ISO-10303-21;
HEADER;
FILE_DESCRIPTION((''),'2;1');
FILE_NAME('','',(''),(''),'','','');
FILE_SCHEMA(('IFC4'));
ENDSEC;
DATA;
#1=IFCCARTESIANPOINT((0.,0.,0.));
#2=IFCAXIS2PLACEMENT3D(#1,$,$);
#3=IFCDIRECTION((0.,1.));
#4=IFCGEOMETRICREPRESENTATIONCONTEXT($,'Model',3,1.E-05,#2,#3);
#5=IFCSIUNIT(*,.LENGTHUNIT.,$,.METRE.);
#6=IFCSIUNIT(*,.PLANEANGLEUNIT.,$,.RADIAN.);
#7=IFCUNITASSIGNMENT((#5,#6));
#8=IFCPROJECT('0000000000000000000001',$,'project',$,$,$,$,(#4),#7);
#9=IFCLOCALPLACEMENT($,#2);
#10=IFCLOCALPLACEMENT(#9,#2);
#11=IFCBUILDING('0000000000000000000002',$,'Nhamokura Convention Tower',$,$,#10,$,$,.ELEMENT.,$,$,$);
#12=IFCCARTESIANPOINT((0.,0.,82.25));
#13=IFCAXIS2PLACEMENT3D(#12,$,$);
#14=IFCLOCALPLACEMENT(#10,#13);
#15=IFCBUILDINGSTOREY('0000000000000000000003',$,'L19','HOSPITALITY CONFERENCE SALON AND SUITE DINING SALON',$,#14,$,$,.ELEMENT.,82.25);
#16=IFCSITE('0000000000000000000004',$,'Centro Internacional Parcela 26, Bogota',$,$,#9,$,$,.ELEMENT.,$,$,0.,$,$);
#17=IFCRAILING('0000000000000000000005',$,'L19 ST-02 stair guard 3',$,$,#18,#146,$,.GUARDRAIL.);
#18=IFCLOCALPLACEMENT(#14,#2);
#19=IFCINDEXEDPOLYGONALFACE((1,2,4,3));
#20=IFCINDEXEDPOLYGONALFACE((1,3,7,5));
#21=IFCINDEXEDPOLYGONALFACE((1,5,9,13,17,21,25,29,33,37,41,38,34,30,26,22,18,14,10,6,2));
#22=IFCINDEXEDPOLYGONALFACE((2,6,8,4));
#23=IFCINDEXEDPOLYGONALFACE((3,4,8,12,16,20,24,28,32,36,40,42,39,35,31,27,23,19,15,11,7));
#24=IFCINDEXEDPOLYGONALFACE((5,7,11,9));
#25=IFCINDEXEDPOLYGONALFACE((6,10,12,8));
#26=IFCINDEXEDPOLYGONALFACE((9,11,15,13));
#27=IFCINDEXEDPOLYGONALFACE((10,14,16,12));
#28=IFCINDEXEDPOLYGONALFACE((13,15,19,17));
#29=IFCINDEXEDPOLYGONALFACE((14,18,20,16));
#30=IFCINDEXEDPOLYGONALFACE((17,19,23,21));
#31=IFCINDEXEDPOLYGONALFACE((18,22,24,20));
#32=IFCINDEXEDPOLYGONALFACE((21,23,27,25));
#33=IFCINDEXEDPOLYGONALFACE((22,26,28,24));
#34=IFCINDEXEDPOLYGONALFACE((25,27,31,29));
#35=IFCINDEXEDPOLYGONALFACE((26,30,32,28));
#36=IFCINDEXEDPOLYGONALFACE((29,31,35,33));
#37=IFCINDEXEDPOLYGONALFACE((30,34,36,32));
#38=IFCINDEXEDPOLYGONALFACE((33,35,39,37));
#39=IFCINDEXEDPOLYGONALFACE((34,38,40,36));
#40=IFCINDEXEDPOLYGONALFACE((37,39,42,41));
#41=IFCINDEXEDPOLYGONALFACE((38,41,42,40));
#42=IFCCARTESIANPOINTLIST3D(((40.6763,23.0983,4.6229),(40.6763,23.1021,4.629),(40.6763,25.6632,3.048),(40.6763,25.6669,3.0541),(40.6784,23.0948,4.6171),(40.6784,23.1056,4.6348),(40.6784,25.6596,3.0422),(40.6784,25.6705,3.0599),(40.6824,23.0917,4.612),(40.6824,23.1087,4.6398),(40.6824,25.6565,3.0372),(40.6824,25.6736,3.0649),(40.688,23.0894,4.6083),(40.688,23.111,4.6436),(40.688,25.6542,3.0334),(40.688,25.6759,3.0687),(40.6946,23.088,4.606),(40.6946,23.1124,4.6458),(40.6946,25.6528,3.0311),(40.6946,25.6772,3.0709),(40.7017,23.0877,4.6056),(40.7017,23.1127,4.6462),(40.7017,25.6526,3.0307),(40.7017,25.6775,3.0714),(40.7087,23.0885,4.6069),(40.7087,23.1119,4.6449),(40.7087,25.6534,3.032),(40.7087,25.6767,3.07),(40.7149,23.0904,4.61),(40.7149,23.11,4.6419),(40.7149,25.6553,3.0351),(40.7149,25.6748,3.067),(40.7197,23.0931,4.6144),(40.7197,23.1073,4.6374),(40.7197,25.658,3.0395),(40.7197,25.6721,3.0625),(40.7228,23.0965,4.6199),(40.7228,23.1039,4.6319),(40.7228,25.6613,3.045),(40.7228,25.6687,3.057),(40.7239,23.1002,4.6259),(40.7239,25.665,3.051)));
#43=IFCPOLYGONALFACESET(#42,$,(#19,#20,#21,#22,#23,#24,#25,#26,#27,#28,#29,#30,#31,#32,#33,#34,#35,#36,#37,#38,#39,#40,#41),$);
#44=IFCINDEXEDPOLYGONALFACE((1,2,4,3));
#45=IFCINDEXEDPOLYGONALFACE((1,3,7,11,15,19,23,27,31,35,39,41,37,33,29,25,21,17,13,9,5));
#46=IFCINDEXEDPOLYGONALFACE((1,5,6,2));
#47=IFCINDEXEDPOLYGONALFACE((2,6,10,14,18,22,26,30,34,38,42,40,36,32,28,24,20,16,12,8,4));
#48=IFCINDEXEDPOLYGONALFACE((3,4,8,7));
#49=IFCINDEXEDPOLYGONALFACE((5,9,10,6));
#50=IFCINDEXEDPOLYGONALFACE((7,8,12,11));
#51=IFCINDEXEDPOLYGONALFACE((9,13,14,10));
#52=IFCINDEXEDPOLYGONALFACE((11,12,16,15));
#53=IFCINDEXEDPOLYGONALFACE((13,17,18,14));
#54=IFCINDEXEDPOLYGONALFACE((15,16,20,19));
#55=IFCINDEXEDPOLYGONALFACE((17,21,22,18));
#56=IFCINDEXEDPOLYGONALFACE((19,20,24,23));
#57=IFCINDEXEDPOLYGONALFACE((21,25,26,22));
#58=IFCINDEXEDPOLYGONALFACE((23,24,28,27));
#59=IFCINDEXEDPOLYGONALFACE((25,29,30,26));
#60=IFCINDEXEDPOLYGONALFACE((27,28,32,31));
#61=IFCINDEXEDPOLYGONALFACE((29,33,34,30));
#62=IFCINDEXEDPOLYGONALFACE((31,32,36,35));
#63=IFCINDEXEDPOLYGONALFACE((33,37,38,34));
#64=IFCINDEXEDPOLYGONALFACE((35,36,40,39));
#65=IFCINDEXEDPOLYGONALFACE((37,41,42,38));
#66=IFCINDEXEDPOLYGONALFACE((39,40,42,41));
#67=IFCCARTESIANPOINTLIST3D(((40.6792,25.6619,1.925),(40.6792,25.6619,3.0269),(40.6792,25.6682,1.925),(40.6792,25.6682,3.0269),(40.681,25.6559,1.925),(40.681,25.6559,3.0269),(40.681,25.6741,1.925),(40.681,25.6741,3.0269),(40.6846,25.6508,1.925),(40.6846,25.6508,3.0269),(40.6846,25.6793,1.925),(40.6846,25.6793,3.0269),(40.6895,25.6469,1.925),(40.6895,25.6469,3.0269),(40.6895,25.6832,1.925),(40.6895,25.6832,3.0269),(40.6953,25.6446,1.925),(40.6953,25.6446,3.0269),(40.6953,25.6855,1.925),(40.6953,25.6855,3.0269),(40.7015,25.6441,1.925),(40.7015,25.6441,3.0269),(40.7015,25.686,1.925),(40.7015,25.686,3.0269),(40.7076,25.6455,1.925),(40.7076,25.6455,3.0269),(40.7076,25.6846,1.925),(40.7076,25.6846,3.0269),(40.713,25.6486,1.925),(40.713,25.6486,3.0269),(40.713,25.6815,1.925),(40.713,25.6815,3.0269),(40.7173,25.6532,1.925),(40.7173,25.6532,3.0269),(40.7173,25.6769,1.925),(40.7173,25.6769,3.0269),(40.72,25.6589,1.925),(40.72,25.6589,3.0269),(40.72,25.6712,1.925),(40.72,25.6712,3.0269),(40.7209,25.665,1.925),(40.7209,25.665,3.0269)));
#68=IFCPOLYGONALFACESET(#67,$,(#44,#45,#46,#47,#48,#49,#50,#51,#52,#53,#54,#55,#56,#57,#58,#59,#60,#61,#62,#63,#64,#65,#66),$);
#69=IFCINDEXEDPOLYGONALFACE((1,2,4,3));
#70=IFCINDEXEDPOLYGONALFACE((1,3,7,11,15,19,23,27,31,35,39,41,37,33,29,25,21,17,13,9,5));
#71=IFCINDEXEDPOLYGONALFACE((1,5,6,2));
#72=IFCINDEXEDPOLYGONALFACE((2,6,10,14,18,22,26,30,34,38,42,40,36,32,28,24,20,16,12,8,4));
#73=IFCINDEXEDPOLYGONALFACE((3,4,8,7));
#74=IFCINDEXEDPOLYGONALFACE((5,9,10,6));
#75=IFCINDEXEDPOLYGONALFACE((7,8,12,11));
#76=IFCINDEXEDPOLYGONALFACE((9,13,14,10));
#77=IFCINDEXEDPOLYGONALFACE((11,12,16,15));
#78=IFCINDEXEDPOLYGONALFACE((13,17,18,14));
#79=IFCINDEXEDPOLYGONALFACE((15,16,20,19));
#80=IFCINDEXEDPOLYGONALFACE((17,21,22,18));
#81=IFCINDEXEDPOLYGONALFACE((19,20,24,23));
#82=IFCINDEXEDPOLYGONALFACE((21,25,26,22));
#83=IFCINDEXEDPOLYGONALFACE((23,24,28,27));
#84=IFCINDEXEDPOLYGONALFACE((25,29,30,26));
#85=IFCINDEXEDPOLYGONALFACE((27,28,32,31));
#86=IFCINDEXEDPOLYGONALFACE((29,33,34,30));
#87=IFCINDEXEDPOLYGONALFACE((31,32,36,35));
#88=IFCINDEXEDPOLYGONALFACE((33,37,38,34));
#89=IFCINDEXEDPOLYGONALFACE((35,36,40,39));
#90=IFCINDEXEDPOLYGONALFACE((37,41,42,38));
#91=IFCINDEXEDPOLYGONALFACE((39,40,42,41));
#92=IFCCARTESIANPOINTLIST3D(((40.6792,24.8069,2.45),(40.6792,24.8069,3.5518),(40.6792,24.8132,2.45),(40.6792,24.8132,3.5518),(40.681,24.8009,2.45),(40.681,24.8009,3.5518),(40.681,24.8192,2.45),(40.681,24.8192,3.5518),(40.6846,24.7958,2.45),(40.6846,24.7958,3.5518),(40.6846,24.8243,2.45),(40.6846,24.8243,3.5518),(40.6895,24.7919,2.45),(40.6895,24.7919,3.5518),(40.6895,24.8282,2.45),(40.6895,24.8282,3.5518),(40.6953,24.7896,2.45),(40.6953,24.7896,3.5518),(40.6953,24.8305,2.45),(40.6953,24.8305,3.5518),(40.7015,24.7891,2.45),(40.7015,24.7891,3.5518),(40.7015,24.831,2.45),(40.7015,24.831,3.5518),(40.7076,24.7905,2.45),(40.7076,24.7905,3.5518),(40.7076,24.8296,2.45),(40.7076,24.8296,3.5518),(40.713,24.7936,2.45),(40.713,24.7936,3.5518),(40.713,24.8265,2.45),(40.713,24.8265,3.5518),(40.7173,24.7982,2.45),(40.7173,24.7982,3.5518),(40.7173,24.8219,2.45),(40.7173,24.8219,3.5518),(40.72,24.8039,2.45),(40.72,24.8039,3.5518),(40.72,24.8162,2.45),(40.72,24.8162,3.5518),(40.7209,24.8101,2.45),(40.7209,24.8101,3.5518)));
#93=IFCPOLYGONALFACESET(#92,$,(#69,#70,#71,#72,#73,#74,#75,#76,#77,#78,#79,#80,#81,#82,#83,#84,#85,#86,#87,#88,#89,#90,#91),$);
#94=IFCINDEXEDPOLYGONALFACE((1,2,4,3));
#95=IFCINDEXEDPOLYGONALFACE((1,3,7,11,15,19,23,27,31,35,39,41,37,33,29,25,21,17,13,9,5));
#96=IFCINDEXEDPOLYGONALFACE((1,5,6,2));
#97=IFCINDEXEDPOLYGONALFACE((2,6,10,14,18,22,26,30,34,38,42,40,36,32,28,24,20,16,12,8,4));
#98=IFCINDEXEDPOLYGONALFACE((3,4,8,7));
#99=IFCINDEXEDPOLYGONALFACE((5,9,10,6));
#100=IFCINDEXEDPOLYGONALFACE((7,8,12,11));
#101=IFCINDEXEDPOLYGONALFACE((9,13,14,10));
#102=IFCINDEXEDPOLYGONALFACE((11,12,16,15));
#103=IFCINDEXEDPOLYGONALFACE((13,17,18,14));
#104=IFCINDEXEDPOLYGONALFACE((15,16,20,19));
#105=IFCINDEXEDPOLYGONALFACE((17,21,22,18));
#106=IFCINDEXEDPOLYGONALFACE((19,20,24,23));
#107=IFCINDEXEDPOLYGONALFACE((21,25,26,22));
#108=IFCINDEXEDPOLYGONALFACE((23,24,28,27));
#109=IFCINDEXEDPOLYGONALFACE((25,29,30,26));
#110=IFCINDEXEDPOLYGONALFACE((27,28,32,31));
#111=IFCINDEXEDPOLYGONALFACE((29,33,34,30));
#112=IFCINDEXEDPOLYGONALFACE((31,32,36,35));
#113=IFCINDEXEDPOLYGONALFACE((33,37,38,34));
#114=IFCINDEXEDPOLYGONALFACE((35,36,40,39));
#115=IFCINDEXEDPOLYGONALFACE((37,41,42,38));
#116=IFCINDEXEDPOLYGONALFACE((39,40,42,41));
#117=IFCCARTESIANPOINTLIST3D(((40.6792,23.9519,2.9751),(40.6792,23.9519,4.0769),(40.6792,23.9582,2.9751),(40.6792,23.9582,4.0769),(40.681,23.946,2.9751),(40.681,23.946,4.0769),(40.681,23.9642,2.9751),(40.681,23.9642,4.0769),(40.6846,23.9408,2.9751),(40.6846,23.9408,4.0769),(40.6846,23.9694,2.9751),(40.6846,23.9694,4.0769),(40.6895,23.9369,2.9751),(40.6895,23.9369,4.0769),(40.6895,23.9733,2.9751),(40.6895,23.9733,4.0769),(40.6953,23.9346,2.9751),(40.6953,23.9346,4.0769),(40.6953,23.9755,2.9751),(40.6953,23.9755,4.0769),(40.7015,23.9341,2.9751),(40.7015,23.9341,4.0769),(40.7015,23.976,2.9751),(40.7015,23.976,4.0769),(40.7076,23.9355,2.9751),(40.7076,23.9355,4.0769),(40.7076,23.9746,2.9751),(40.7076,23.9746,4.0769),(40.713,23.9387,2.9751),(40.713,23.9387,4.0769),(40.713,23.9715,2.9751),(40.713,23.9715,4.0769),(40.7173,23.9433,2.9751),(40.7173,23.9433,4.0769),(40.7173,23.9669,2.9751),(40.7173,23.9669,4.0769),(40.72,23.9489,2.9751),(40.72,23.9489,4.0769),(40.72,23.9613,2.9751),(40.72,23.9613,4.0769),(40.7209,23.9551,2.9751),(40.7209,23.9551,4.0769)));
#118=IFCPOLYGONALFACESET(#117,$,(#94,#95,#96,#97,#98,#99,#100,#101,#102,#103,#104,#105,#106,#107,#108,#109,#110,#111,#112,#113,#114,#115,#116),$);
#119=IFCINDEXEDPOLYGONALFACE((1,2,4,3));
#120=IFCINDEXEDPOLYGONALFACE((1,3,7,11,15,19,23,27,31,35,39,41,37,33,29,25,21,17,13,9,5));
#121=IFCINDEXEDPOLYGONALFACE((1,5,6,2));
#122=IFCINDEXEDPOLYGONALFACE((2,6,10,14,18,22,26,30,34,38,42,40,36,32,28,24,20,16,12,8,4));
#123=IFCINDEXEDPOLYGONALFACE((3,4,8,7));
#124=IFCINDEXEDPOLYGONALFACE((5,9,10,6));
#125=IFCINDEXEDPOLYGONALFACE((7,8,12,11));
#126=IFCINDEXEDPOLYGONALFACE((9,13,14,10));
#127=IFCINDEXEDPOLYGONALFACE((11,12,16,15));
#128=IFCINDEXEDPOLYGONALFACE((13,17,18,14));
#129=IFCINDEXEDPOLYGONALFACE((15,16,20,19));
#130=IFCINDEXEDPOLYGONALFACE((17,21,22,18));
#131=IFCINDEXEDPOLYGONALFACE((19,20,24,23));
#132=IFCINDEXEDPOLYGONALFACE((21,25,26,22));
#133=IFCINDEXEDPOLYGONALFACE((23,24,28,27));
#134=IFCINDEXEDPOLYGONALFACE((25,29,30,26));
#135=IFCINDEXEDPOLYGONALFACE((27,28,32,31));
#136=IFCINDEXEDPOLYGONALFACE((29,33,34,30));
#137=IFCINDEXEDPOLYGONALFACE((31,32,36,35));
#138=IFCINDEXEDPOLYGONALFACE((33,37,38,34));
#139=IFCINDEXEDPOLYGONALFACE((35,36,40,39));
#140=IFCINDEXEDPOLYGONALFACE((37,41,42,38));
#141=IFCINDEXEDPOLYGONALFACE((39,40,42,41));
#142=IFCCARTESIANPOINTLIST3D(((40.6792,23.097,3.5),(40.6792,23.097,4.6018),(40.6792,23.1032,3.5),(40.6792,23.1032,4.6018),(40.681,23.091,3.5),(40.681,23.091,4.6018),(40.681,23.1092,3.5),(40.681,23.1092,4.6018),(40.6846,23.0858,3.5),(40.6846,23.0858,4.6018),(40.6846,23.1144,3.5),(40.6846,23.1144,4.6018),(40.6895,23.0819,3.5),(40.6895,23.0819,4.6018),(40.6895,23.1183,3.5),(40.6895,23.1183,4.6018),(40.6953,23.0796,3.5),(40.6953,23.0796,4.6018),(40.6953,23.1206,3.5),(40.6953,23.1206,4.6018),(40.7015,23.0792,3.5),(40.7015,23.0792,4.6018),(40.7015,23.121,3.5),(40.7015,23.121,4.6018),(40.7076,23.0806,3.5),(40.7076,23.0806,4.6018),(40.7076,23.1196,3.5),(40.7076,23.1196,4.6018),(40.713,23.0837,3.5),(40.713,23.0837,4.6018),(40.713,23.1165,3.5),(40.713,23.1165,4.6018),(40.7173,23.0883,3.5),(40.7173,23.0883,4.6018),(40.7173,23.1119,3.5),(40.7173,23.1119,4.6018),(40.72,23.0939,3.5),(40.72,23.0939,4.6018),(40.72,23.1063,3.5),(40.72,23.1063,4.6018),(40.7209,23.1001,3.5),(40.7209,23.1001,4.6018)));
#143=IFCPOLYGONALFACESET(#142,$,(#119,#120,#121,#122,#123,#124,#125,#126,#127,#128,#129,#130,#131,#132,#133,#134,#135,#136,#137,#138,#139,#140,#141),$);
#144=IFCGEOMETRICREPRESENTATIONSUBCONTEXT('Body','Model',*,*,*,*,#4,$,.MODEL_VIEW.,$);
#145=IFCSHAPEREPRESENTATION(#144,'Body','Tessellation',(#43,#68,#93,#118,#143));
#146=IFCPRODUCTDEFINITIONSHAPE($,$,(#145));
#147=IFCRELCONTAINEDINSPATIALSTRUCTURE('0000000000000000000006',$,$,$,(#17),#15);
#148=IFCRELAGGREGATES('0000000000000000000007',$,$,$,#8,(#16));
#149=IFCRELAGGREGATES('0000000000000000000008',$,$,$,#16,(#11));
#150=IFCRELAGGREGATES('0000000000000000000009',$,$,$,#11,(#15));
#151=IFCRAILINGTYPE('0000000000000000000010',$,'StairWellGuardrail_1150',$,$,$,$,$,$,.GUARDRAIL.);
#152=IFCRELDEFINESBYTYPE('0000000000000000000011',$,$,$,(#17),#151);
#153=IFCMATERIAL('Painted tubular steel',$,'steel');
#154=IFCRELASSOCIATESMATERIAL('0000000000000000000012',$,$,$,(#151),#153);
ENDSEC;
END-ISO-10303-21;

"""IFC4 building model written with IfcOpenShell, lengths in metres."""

from ifc_helpers import new_model, si_unit, direction, frame, origin, origin_2d, place, context, subcontext, project, spatial, circle, extrude, material, type_object, element, save


model = new_model("IFC4")

# Units and contexts
model_context = context("Model", 3, precision=1e-05, world=origin(), true_north=direction((0.0, 1.0)))
body_context = subcontext(model_context, "Body", "Model", "MODEL_VIEW")
ifc_project = project(units=[si_unit("LENGTHUNIT", "METRE"), si_unit("PLANEANGLEUNIT", "RADIAN")], contexts=[model_context])

# Site, building, storey
site_placement = place(None, origin())
site = spatial("IfcSite", under=ifc_project, at=site_placement, Name="Centro Internacional Parcela 26, Bogota", CompositionType="ELEMENT", RefElevation=0.0)
building_placement = place(site_placement, origin())
building = spatial("IfcBuilding", under=site, at=building_placement, Name="Nhamokura Convention Tower", CompositionType="ELEMENT")
storey_placement = place(building_placement, frame((0.0, 0.0, 82.25)))
storey = spatial("IfcBuildingStorey", under=building, at=storey_placement, Name="L19", Description="HOSPITALITY CONFERENCE SALON AND SUITE DINING SALON", CompositionType="ELEMENT", Elevation=82.25)

# Railing
ifc_material_1 = material(Name="Painted tubular steel", Category="steel")
railing_type_1 = type_object("IfcRailingType", Name="StairWellGuardrail_1150", PredefinedType="GUARDRAIL", material=ifc_material_1)
railing_1_placement = place(storey_placement, frame((40.7, 25.665, 1.925)))
element("IfcRailing", 1, at=railing_1_placement, inside=storey, type_object=railing_type_1, Name="L19 ST-02 stair guard 3", PredefinedType="GUARDRAIL", context=body_context, shape_type="SweptSolid", body=[
    extrude(circle(Radius=0.0239, at=origin_2d()), frame((0.0, 0.0, 1.126), z_axis=(0.0, -0.852173, 0.52326), x_axis=(1.0, 0.0, 0.0)), (0.0, 0.0, 1.0), 3.0098),
    extrude(circle(Radius=0.021, at=origin_2d()), origin(), (0.0, 0.0, 1.0), 1.1018),
    extrude(circle(Radius=0.021, at=origin_2d()), frame((0.0, -0.855, 0.5249)), (0.0, 0.0, 1.0), 1.1018),
    extrude(circle(Radius=0.021, at=origin_2d()), frame((0.0, -1.71, 1.05)), (0.0, 0.0, 1.0), 1.1018),
    extrude(circle(Radius=0.021, at=origin_2d()), frame((0.0, -2.5649, 1.575)), (0.0, 0.0, 1.0), 1.1018),
])

save(model, "model.ifc")
